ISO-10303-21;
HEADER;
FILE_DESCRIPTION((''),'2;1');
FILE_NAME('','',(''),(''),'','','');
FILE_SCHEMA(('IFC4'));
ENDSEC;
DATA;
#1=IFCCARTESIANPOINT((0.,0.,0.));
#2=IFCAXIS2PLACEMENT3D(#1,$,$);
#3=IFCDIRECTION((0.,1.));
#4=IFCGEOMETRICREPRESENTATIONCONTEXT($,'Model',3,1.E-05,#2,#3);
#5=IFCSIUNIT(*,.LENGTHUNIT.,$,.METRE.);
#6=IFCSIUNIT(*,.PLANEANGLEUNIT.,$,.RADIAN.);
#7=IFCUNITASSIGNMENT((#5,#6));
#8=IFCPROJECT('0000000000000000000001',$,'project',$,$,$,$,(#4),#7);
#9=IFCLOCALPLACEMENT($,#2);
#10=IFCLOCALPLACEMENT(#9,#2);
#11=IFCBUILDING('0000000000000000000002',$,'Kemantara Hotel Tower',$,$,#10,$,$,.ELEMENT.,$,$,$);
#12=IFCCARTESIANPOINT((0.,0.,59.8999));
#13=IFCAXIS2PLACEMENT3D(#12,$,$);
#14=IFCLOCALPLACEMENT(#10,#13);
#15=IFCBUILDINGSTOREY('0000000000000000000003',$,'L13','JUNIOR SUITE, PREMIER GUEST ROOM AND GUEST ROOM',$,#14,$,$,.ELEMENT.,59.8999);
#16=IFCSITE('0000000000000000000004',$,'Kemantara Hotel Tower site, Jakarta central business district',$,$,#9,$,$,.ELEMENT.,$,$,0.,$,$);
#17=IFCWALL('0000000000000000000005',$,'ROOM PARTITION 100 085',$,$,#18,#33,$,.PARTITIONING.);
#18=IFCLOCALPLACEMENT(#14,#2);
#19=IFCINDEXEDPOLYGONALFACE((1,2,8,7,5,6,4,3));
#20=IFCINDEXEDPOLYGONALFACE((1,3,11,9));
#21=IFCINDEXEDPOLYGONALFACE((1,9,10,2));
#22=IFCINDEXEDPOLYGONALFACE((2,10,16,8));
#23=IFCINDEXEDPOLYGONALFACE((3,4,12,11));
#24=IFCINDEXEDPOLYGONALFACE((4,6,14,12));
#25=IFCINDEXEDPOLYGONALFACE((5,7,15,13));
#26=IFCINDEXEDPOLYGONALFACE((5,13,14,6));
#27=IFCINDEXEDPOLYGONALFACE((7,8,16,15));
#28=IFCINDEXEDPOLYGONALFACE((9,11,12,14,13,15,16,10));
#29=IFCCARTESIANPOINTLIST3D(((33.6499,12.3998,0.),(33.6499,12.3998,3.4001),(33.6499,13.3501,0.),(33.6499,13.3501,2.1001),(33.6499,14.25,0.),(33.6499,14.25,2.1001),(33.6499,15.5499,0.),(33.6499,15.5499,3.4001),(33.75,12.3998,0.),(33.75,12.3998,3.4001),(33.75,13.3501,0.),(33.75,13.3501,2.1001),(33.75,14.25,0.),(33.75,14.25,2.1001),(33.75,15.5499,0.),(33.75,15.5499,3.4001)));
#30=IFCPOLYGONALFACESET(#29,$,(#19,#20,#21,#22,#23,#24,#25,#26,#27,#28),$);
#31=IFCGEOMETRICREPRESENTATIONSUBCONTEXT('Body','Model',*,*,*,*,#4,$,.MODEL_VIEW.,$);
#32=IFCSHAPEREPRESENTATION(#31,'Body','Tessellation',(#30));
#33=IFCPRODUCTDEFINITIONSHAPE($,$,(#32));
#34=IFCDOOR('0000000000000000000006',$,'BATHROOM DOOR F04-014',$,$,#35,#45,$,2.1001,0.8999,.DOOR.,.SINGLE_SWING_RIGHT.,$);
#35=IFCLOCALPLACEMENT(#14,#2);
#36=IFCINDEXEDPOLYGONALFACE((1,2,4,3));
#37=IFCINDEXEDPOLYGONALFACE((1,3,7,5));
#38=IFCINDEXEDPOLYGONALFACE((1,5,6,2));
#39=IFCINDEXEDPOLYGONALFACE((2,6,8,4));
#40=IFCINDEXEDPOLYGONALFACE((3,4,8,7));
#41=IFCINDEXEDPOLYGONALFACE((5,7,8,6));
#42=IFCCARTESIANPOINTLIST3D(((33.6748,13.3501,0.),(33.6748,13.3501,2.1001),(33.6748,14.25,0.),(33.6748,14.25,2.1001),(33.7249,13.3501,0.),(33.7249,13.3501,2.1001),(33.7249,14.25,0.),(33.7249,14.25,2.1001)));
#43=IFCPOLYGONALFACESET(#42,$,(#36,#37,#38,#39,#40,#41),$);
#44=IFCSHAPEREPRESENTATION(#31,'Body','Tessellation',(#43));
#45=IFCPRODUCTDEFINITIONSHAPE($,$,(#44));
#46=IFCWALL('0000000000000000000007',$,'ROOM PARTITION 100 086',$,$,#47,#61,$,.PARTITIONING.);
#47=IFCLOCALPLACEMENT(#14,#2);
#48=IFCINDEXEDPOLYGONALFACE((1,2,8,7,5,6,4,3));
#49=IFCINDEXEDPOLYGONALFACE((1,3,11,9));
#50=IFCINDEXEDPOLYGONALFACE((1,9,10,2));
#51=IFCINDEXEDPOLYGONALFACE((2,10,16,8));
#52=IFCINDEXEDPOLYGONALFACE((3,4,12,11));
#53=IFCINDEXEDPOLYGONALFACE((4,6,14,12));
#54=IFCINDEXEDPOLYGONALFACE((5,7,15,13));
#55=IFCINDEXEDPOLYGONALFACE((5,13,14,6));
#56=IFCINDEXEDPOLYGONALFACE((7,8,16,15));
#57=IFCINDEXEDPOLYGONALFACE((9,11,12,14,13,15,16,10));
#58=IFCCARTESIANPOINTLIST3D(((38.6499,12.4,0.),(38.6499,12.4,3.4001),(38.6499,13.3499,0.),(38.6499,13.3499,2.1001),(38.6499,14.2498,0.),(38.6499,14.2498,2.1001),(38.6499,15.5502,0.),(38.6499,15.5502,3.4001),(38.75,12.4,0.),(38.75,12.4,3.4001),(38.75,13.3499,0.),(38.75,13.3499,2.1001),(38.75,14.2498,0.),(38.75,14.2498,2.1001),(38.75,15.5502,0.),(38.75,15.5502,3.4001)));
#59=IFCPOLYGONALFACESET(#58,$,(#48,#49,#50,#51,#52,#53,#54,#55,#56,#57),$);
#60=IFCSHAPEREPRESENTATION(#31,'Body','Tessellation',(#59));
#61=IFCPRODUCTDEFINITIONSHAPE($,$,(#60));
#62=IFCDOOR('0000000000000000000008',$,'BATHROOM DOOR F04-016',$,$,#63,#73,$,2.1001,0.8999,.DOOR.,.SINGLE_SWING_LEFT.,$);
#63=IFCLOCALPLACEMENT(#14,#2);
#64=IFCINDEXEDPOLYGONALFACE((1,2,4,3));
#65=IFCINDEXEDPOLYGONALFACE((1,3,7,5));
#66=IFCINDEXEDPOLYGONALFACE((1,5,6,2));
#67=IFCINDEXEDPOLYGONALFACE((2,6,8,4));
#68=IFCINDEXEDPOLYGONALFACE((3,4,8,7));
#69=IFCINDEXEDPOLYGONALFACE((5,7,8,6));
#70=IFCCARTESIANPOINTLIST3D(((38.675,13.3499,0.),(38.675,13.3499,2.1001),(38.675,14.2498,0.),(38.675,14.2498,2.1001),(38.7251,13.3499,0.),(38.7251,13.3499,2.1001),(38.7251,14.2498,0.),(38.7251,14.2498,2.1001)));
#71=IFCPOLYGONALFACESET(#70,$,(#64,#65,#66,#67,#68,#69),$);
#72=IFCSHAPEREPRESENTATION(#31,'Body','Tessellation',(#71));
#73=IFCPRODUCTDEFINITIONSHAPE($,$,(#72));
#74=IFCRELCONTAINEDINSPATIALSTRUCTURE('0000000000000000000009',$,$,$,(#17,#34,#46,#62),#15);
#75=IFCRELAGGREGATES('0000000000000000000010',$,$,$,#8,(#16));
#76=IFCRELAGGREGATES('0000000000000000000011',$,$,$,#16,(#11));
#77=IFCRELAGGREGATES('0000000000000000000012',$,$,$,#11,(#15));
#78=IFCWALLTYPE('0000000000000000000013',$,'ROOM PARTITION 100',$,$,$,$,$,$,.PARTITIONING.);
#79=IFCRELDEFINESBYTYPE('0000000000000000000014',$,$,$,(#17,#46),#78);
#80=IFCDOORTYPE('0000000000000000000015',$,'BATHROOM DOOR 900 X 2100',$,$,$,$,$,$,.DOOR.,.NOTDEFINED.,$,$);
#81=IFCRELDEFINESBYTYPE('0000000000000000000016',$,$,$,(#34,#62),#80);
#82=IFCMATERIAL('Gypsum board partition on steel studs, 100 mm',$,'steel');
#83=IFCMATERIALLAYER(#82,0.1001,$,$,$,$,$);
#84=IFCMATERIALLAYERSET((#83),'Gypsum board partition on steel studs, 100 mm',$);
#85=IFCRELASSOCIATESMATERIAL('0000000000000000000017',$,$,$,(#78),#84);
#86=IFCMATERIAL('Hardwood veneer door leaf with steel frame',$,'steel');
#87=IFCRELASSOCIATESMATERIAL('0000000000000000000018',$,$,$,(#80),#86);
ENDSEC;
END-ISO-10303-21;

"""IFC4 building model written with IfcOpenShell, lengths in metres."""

from ifc_helpers import new_model, si_unit, direction, frame, frame_2d, origin, place, context, subcontext, project, spatial, rectangle, extrude, material, layer, layer_set, type_object, element, fill, save


model = new_model("IFC4")

# Units and contexts
model_context = context("Model", 3, precision=1e-05, world=origin(), true_north=direction((0.0, 1.0)))
body_context = subcontext(model_context, "Body", "Model", "MODEL_VIEW")
ifc_project = project(units=[si_unit("LENGTHUNIT", "METRE"), si_unit("PLANEANGLEUNIT", "RADIAN")], contexts=[model_context])

# Site, building, storey
site_placement = place(None, origin())
site = spatial("IfcSite", under=ifc_project, at=site_placement, Name="Kemantara Hotel Tower site, Jakarta central business district", CompositionType="ELEMENT", RefElevation=0.0)
building_placement = place(site_placement, origin())
building = spatial("IfcBuilding", under=site, at=building_placement, Name="Kemantara Hotel Tower", CompositionType="ELEMENT")
storey_placement = place(building_placement, frame((0.0, 0.0, 59.8999)))
storey = spatial("IfcBuildingStorey", under=building, at=storey_placement, Name="L13", Description="JUNIOR SUITE, PREMIER GUEST ROOM AND GUEST ROOM", CompositionType="ELEMENT", Elevation=59.8999)

# Shared definitions
ifc_material_1 = material(Name="Hardwood veneer door leaf with steel frame", Category="steel")

# Shared definitions
ifc_material_2 = material(Name="Gypsum board partition on steel studs, 100 mm", Category="steel")
ifc_layer_1 = layer(ifc_material_2, 0.1001)
ifc_layer_set_1 = layer_set([ifc_layer_1], Name="Gypsum board partition on steel studs, 100 mm")
wall_type_1 = type_object("IfcWallType", Name="ROOM PARTITION 100", PredefinedType="PARTITIONING", material=ifc_layer_set_1)
door_type_1 = type_object("IfcDoorType", Name="BATHROOM DOOR 900 X 2100", OperationType="NOTDEFINED", PredefinedType="DOOR", material=ifc_material_1)

# Walls, openings, doors
wall_1_placement = place(storey_placement, frame((33.7, 15.55, 0.0), z_axis=(0.0, 0.0, 1.0), x_axis=(0.0, -1.0, 0.0)))
wall_1 = element("IfcWall", 1, at=wall_1_placement, inside=storey, type_object=wall_type_1, Name="ROOM PARTITION 100 085", PredefinedType="PARTITIONING", context=body_context, shape_type="SweptSolid", body=[
    extrude(rectangle(XDim=3.1501, YDim=0.1001, at=frame_2d((1.5752, 0.0))), origin(), (0.0, 0.0, 1.0), 3.4001),
])
opening_1_placement = place(wall_1_placement, frame((1.3, 0.0, 0.0)))
opening_1 = element("IfcOpeningElement", 2, at=opening_1_placement, cuts=wall_1, PredefinedType="OPENING", context=body_context, shape_type="SweptSolid", body=[
    extrude(rectangle(XDim=0.8999, YDim=2.1001, at=frame_2d((0.45, 1.05))), frame((0.0, 0.0601, 0.0), z_axis=(0.0, -1.0, 0.0), x_axis=(1.0, 0.0, 0.0)), (0.0, 0.0, 1.0), 0.1201),
])
door_1_placement = place(opening_1_placement, origin())
door_1 = element("IfcDoor", 3, at=door_1_placement, inside=storey, type_object=door_type_1, Name="BATHROOM DOOR F04-014", OperationType="SINGLE_SWING_RIGHT", OverallHeight=2.1001, OverallWidth=0.8999, PredefinedType="DOOR", context=body_context, shape_type="SweptSolid", body=[
    extrude(rectangle(XDim=0.8999, YDim=2.1001, at=frame_2d((0.45, 1.05))), frame((0.0, 0.0249, 0.0), z_axis=(0.0, -1.0, 0.0), x_axis=(1.0, 0.0, 0.0)), (0.0, 0.0, 1.0), 0.05),
])
fill(opening_1, door_1)
wall_2_placement = place(storey_placement, frame((38.7, 12.3999, 0.0), z_axis=(0.0, 0.0, 1.0), x_axis=(0.0, 1.0, 0.0)))
wall_2 = element("IfcWall", 4, at=wall_2_placement, inside=storey, type_object=wall_type_1, Name="ROOM PARTITION 100 086", PredefinedType="PARTITIONING", context=body_context, shape_type="SweptSolid", body=[
    extrude(rectangle(XDim=3.1501, YDim=0.1001, at=frame_2d((1.5752, 0.0))), origin(), (0.0, 0.0, 1.0), 3.4001),
])
opening_2_placement = place(wall_2_placement, frame((0.95, 0.0, 0.0)))
opening_2 = element("IfcOpeningElement", 5, at=opening_2_placement, cuts=wall_2, PredefinedType="OPENING", context=body_context, shape_type="SweptSolid", body=[
    extrude(rectangle(XDim=0.8999, YDim=2.1001, at=frame_2d((0.45, 1.05))), frame((0.0, 0.0601, 0.0), z_axis=(0.0, -1.0, 0.0), x_axis=(1.0, 0.0, 0.0)), (0.0, 0.0, 1.0), 0.1201),
])
door_2_placement = place(opening_2_placement, origin())
door_2 = element("IfcDoor", 6, at=door_2_placement, inside=storey, type_object=door_type_1, Name="BATHROOM DOOR F04-016", OperationType="SINGLE_SWING_LEFT", OverallHeight=2.1001, OverallWidth=0.8999, PredefinedType="DOOR", context=body_context, shape_type="SweptSolid", body=[
    extrude(rectangle(XDim=0.8999, YDim=2.1001, at=frame_2d((0.45, 1.05))), frame((0.0, 0.0249, 0.0), z_axis=(0.0, -1.0, 0.0), x_axis=(1.0, 0.0, 0.0)), (0.0, 0.0, 1.0), 0.05),
])
fill(opening_2, door_2)

save(model, "model.ifc")
